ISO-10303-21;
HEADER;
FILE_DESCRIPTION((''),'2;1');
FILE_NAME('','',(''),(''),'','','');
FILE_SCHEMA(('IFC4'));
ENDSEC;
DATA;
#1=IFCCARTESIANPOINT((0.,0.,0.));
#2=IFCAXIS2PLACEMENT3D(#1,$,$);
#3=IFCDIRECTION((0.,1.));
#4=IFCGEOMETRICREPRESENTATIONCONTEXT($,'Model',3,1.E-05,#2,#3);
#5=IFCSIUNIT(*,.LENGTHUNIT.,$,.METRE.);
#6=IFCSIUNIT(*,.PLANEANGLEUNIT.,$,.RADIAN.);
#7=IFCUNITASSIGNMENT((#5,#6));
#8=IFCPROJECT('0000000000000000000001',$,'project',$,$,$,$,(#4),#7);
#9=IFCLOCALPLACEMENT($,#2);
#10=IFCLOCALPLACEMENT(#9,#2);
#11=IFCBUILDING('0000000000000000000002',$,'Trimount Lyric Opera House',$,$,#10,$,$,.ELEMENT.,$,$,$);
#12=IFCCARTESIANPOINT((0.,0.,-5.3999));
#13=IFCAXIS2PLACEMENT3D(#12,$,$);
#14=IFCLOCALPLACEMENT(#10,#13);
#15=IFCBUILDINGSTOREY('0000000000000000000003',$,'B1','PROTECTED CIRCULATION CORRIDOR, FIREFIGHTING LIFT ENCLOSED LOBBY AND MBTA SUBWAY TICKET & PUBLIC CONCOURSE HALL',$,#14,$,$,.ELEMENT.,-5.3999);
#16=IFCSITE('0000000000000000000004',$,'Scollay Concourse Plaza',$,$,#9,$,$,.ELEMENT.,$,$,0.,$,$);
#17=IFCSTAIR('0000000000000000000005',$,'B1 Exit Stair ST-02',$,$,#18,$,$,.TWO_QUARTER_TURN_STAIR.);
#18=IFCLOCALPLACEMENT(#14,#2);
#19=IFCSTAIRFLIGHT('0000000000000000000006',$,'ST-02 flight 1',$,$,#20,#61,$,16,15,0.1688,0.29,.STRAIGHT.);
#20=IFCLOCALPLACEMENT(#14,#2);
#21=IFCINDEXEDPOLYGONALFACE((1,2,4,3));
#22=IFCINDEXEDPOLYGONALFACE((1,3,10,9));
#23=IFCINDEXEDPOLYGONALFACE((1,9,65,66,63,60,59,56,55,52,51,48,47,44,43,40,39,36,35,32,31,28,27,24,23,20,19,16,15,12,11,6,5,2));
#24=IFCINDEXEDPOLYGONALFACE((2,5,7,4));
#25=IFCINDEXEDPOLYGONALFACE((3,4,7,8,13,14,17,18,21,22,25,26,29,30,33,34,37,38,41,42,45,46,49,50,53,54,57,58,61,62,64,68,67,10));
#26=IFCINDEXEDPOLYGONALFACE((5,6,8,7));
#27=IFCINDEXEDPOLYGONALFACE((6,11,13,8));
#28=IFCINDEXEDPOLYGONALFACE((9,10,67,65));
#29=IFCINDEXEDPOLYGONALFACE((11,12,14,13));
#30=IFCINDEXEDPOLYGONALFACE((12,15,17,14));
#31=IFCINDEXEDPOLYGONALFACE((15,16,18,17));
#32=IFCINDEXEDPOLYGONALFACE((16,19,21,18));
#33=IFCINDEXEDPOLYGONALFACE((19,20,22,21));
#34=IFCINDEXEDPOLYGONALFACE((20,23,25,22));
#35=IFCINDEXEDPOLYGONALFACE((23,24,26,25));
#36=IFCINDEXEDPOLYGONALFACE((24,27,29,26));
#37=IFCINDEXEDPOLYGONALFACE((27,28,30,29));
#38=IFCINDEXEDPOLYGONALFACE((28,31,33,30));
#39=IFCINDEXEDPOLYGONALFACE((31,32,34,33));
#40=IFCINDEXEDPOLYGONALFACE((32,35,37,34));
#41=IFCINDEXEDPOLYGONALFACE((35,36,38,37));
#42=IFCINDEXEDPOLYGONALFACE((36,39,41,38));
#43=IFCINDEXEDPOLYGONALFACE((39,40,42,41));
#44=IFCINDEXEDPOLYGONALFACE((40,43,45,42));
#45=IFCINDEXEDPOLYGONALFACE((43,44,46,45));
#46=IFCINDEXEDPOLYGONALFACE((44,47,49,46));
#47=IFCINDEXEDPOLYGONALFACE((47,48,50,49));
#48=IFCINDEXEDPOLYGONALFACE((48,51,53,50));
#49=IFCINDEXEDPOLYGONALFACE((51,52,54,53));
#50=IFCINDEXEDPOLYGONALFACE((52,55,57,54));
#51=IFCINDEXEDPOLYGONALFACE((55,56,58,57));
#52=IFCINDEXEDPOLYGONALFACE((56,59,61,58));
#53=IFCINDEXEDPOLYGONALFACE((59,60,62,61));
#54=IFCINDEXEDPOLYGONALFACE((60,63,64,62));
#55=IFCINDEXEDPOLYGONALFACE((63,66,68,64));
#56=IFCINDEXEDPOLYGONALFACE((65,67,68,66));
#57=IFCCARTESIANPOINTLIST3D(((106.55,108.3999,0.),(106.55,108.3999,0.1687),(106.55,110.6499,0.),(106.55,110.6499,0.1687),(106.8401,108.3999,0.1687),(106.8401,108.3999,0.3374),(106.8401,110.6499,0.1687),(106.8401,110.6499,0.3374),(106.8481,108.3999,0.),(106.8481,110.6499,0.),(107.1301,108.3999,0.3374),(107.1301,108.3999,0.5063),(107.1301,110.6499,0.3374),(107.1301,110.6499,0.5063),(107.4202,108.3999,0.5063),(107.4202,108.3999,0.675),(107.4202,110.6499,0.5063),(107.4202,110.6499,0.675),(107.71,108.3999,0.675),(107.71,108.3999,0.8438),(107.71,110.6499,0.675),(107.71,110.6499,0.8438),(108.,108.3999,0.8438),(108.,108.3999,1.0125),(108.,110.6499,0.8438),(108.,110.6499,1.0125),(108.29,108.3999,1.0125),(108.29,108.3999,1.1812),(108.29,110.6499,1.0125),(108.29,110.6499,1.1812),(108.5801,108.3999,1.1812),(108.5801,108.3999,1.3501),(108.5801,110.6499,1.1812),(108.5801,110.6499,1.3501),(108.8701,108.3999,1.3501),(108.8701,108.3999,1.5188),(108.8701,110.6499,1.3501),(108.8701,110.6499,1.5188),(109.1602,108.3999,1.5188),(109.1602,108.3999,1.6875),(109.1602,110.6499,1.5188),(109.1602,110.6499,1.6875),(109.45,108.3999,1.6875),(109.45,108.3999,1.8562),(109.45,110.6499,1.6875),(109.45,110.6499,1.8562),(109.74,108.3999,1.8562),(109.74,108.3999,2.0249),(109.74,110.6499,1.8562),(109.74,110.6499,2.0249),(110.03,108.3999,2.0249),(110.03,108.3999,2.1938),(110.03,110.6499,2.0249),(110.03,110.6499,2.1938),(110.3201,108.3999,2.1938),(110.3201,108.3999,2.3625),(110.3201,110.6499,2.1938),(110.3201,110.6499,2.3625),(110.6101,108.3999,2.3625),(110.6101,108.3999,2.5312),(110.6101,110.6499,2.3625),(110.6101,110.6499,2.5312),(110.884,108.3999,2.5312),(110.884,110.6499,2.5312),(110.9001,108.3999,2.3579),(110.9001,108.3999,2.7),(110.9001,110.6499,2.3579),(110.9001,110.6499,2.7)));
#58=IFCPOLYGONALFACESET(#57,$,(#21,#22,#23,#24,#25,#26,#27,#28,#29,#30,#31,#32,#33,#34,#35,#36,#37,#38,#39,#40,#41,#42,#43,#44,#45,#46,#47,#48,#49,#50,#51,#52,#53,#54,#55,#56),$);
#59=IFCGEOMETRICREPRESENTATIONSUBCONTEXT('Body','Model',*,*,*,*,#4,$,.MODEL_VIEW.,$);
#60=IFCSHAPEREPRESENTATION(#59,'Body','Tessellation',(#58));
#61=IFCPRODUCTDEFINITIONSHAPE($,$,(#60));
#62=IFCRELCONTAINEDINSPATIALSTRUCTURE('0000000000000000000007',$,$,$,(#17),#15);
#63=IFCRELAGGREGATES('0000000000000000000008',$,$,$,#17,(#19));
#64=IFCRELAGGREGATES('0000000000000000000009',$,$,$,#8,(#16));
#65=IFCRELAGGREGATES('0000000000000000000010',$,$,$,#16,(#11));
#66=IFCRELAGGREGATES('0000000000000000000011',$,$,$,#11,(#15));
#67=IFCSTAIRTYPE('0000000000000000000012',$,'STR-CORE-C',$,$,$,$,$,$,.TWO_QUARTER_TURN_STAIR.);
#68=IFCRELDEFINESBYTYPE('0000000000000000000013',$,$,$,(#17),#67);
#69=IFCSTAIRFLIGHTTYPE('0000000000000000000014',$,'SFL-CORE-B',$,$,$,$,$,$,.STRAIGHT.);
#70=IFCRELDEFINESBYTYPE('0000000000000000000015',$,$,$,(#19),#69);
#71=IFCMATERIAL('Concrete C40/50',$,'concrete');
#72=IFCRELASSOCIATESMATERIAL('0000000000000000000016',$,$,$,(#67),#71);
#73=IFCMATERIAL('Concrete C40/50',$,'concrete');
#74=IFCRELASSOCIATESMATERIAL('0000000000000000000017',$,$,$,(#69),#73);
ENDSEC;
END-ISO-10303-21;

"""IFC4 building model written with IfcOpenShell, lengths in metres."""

from ifc_helpers import new_model, si_unit, direction, frame, origin, place, context, subcontext, project, spatial, polyline, outline, extrude, material, type_object, element, aggregate, save


model = new_model("IFC4")

# Units and contexts
model_context = context("Model", 3, precision=1e-05, world=origin(), true_north=direction((0.0, 1.0)))
body_context = subcontext(model_context, "Body", "Model", "MODEL_VIEW")
ifc_project = project(units=[si_unit("LENGTHUNIT", "METRE"), si_unit("PLANEANGLEUNIT", "RADIAN")], contexts=[model_context])

# Site, building, storey
site_placement = place(None, origin())
site = spatial("IfcSite", under=ifc_project, at=site_placement, Name="Scollay Concourse Plaza", CompositionType="ELEMENT", RefElevation=0.0)
building_placement = place(site_placement, origin())
building = spatial("IfcBuilding", under=site, at=building_placement, Name="Trimount Lyric Opera House", CompositionType="ELEMENT")
storey_placement = place(building_placement, frame((0.0, 0.0, -5.3999)))
storey = spatial("IfcBuildingStorey", under=building, at=storey_placement, Name="B1", Description="PROTECTED CIRCULATION CORRIDOR, FIREFIGHTING LIFT ENCLOSED LOBBY AND MBTA SUBWAY TICKET & PUBLIC CONCOURSE HALL", CompositionType="ELEMENT", Elevation=-5.3999)

# Stair, stair flight
ifc_material_1 = material(Name="Concrete C40/50", Category="concrete")
stair_type = type_object("IfcStairType", Name="STR-CORE-C", PredefinedType="TWO_QUARTER_TURN_STAIR", material=ifc_material_1)
stair_placement = place(storey_placement, origin())
stair = element("IfcStair", 1, at=stair_placement, inside=storey, type_object=stair_type, Name="B1 Exit Stair ST-02", PredefinedType="TWO_QUARTER_TURN_STAIR")
ifc_material_2 = material(Name="Concrete C40/50", Category="concrete")
stair_flight_type = type_object("IfcStairFlightType", Name="SFL-CORE-B", PredefinedType="STRAIGHT", material=ifc_material_2)
stair_flight_placement = place(storey_placement, frame((106.55, 109.5249, 0.0), z_axis=(0.0, 0.0, 1.0), x_axis=(1.0, 0.0, 0.0)))
stair_flight = element("IfcStairFlight", 2, at=stair_flight_placement, type_object=stair_flight_type, Name="ST-02 flight 1", NumberOfRisers=16, NumberOfTreads=15, PredefinedType="STRAIGHT", RiserHeight=0.1688, TreadLength=0.29, context=body_context, shape_type="SweptSolid", body=[
    extrude(outline(polyline([(0.0, 0.0), (0.0, 0.1687), (0.29, 0.1687), (0.29, 0.3374), (0.5801, 0.3374), (0.5801, 0.5063), (0.8701, 0.5063), (0.8701, 0.675), (1.1599, 0.675), (1.1599, 0.8438), (1.45, 0.8438), (1.45, 1.0125), (1.74, 1.0125), (1.74, 1.1812), (2.03, 1.1812), (2.03, 1.3501), (2.3201, 1.3501), (2.3201, 1.5188), (2.6101, 1.5188), (2.6101, 1.6875), (2.8999, 1.6875), (2.8999, 1.8562), (3.1899, 1.8562), (3.1899, 2.0249), (3.48, 2.0249), (3.48, 2.1938), (3.77, 2.1938), (3.77, 2.3625), (4.0601, 2.3625), (4.0601, 2.5312), (4.334, 2.5312), (4.3501, 2.7), (4.3501, 2.3579), (0.2981, 0.0), (0.0, 0.0)])), frame((0.0, 1.125, 0.0), z_axis=(0.0, -1.0, 0.0), x_axis=(1.0, 0.0, 0.0)), (0.0, 0.0, 1.0), 2.25),
])
aggregate(stair, [stair_flight])

save(model, "model.ifc")
